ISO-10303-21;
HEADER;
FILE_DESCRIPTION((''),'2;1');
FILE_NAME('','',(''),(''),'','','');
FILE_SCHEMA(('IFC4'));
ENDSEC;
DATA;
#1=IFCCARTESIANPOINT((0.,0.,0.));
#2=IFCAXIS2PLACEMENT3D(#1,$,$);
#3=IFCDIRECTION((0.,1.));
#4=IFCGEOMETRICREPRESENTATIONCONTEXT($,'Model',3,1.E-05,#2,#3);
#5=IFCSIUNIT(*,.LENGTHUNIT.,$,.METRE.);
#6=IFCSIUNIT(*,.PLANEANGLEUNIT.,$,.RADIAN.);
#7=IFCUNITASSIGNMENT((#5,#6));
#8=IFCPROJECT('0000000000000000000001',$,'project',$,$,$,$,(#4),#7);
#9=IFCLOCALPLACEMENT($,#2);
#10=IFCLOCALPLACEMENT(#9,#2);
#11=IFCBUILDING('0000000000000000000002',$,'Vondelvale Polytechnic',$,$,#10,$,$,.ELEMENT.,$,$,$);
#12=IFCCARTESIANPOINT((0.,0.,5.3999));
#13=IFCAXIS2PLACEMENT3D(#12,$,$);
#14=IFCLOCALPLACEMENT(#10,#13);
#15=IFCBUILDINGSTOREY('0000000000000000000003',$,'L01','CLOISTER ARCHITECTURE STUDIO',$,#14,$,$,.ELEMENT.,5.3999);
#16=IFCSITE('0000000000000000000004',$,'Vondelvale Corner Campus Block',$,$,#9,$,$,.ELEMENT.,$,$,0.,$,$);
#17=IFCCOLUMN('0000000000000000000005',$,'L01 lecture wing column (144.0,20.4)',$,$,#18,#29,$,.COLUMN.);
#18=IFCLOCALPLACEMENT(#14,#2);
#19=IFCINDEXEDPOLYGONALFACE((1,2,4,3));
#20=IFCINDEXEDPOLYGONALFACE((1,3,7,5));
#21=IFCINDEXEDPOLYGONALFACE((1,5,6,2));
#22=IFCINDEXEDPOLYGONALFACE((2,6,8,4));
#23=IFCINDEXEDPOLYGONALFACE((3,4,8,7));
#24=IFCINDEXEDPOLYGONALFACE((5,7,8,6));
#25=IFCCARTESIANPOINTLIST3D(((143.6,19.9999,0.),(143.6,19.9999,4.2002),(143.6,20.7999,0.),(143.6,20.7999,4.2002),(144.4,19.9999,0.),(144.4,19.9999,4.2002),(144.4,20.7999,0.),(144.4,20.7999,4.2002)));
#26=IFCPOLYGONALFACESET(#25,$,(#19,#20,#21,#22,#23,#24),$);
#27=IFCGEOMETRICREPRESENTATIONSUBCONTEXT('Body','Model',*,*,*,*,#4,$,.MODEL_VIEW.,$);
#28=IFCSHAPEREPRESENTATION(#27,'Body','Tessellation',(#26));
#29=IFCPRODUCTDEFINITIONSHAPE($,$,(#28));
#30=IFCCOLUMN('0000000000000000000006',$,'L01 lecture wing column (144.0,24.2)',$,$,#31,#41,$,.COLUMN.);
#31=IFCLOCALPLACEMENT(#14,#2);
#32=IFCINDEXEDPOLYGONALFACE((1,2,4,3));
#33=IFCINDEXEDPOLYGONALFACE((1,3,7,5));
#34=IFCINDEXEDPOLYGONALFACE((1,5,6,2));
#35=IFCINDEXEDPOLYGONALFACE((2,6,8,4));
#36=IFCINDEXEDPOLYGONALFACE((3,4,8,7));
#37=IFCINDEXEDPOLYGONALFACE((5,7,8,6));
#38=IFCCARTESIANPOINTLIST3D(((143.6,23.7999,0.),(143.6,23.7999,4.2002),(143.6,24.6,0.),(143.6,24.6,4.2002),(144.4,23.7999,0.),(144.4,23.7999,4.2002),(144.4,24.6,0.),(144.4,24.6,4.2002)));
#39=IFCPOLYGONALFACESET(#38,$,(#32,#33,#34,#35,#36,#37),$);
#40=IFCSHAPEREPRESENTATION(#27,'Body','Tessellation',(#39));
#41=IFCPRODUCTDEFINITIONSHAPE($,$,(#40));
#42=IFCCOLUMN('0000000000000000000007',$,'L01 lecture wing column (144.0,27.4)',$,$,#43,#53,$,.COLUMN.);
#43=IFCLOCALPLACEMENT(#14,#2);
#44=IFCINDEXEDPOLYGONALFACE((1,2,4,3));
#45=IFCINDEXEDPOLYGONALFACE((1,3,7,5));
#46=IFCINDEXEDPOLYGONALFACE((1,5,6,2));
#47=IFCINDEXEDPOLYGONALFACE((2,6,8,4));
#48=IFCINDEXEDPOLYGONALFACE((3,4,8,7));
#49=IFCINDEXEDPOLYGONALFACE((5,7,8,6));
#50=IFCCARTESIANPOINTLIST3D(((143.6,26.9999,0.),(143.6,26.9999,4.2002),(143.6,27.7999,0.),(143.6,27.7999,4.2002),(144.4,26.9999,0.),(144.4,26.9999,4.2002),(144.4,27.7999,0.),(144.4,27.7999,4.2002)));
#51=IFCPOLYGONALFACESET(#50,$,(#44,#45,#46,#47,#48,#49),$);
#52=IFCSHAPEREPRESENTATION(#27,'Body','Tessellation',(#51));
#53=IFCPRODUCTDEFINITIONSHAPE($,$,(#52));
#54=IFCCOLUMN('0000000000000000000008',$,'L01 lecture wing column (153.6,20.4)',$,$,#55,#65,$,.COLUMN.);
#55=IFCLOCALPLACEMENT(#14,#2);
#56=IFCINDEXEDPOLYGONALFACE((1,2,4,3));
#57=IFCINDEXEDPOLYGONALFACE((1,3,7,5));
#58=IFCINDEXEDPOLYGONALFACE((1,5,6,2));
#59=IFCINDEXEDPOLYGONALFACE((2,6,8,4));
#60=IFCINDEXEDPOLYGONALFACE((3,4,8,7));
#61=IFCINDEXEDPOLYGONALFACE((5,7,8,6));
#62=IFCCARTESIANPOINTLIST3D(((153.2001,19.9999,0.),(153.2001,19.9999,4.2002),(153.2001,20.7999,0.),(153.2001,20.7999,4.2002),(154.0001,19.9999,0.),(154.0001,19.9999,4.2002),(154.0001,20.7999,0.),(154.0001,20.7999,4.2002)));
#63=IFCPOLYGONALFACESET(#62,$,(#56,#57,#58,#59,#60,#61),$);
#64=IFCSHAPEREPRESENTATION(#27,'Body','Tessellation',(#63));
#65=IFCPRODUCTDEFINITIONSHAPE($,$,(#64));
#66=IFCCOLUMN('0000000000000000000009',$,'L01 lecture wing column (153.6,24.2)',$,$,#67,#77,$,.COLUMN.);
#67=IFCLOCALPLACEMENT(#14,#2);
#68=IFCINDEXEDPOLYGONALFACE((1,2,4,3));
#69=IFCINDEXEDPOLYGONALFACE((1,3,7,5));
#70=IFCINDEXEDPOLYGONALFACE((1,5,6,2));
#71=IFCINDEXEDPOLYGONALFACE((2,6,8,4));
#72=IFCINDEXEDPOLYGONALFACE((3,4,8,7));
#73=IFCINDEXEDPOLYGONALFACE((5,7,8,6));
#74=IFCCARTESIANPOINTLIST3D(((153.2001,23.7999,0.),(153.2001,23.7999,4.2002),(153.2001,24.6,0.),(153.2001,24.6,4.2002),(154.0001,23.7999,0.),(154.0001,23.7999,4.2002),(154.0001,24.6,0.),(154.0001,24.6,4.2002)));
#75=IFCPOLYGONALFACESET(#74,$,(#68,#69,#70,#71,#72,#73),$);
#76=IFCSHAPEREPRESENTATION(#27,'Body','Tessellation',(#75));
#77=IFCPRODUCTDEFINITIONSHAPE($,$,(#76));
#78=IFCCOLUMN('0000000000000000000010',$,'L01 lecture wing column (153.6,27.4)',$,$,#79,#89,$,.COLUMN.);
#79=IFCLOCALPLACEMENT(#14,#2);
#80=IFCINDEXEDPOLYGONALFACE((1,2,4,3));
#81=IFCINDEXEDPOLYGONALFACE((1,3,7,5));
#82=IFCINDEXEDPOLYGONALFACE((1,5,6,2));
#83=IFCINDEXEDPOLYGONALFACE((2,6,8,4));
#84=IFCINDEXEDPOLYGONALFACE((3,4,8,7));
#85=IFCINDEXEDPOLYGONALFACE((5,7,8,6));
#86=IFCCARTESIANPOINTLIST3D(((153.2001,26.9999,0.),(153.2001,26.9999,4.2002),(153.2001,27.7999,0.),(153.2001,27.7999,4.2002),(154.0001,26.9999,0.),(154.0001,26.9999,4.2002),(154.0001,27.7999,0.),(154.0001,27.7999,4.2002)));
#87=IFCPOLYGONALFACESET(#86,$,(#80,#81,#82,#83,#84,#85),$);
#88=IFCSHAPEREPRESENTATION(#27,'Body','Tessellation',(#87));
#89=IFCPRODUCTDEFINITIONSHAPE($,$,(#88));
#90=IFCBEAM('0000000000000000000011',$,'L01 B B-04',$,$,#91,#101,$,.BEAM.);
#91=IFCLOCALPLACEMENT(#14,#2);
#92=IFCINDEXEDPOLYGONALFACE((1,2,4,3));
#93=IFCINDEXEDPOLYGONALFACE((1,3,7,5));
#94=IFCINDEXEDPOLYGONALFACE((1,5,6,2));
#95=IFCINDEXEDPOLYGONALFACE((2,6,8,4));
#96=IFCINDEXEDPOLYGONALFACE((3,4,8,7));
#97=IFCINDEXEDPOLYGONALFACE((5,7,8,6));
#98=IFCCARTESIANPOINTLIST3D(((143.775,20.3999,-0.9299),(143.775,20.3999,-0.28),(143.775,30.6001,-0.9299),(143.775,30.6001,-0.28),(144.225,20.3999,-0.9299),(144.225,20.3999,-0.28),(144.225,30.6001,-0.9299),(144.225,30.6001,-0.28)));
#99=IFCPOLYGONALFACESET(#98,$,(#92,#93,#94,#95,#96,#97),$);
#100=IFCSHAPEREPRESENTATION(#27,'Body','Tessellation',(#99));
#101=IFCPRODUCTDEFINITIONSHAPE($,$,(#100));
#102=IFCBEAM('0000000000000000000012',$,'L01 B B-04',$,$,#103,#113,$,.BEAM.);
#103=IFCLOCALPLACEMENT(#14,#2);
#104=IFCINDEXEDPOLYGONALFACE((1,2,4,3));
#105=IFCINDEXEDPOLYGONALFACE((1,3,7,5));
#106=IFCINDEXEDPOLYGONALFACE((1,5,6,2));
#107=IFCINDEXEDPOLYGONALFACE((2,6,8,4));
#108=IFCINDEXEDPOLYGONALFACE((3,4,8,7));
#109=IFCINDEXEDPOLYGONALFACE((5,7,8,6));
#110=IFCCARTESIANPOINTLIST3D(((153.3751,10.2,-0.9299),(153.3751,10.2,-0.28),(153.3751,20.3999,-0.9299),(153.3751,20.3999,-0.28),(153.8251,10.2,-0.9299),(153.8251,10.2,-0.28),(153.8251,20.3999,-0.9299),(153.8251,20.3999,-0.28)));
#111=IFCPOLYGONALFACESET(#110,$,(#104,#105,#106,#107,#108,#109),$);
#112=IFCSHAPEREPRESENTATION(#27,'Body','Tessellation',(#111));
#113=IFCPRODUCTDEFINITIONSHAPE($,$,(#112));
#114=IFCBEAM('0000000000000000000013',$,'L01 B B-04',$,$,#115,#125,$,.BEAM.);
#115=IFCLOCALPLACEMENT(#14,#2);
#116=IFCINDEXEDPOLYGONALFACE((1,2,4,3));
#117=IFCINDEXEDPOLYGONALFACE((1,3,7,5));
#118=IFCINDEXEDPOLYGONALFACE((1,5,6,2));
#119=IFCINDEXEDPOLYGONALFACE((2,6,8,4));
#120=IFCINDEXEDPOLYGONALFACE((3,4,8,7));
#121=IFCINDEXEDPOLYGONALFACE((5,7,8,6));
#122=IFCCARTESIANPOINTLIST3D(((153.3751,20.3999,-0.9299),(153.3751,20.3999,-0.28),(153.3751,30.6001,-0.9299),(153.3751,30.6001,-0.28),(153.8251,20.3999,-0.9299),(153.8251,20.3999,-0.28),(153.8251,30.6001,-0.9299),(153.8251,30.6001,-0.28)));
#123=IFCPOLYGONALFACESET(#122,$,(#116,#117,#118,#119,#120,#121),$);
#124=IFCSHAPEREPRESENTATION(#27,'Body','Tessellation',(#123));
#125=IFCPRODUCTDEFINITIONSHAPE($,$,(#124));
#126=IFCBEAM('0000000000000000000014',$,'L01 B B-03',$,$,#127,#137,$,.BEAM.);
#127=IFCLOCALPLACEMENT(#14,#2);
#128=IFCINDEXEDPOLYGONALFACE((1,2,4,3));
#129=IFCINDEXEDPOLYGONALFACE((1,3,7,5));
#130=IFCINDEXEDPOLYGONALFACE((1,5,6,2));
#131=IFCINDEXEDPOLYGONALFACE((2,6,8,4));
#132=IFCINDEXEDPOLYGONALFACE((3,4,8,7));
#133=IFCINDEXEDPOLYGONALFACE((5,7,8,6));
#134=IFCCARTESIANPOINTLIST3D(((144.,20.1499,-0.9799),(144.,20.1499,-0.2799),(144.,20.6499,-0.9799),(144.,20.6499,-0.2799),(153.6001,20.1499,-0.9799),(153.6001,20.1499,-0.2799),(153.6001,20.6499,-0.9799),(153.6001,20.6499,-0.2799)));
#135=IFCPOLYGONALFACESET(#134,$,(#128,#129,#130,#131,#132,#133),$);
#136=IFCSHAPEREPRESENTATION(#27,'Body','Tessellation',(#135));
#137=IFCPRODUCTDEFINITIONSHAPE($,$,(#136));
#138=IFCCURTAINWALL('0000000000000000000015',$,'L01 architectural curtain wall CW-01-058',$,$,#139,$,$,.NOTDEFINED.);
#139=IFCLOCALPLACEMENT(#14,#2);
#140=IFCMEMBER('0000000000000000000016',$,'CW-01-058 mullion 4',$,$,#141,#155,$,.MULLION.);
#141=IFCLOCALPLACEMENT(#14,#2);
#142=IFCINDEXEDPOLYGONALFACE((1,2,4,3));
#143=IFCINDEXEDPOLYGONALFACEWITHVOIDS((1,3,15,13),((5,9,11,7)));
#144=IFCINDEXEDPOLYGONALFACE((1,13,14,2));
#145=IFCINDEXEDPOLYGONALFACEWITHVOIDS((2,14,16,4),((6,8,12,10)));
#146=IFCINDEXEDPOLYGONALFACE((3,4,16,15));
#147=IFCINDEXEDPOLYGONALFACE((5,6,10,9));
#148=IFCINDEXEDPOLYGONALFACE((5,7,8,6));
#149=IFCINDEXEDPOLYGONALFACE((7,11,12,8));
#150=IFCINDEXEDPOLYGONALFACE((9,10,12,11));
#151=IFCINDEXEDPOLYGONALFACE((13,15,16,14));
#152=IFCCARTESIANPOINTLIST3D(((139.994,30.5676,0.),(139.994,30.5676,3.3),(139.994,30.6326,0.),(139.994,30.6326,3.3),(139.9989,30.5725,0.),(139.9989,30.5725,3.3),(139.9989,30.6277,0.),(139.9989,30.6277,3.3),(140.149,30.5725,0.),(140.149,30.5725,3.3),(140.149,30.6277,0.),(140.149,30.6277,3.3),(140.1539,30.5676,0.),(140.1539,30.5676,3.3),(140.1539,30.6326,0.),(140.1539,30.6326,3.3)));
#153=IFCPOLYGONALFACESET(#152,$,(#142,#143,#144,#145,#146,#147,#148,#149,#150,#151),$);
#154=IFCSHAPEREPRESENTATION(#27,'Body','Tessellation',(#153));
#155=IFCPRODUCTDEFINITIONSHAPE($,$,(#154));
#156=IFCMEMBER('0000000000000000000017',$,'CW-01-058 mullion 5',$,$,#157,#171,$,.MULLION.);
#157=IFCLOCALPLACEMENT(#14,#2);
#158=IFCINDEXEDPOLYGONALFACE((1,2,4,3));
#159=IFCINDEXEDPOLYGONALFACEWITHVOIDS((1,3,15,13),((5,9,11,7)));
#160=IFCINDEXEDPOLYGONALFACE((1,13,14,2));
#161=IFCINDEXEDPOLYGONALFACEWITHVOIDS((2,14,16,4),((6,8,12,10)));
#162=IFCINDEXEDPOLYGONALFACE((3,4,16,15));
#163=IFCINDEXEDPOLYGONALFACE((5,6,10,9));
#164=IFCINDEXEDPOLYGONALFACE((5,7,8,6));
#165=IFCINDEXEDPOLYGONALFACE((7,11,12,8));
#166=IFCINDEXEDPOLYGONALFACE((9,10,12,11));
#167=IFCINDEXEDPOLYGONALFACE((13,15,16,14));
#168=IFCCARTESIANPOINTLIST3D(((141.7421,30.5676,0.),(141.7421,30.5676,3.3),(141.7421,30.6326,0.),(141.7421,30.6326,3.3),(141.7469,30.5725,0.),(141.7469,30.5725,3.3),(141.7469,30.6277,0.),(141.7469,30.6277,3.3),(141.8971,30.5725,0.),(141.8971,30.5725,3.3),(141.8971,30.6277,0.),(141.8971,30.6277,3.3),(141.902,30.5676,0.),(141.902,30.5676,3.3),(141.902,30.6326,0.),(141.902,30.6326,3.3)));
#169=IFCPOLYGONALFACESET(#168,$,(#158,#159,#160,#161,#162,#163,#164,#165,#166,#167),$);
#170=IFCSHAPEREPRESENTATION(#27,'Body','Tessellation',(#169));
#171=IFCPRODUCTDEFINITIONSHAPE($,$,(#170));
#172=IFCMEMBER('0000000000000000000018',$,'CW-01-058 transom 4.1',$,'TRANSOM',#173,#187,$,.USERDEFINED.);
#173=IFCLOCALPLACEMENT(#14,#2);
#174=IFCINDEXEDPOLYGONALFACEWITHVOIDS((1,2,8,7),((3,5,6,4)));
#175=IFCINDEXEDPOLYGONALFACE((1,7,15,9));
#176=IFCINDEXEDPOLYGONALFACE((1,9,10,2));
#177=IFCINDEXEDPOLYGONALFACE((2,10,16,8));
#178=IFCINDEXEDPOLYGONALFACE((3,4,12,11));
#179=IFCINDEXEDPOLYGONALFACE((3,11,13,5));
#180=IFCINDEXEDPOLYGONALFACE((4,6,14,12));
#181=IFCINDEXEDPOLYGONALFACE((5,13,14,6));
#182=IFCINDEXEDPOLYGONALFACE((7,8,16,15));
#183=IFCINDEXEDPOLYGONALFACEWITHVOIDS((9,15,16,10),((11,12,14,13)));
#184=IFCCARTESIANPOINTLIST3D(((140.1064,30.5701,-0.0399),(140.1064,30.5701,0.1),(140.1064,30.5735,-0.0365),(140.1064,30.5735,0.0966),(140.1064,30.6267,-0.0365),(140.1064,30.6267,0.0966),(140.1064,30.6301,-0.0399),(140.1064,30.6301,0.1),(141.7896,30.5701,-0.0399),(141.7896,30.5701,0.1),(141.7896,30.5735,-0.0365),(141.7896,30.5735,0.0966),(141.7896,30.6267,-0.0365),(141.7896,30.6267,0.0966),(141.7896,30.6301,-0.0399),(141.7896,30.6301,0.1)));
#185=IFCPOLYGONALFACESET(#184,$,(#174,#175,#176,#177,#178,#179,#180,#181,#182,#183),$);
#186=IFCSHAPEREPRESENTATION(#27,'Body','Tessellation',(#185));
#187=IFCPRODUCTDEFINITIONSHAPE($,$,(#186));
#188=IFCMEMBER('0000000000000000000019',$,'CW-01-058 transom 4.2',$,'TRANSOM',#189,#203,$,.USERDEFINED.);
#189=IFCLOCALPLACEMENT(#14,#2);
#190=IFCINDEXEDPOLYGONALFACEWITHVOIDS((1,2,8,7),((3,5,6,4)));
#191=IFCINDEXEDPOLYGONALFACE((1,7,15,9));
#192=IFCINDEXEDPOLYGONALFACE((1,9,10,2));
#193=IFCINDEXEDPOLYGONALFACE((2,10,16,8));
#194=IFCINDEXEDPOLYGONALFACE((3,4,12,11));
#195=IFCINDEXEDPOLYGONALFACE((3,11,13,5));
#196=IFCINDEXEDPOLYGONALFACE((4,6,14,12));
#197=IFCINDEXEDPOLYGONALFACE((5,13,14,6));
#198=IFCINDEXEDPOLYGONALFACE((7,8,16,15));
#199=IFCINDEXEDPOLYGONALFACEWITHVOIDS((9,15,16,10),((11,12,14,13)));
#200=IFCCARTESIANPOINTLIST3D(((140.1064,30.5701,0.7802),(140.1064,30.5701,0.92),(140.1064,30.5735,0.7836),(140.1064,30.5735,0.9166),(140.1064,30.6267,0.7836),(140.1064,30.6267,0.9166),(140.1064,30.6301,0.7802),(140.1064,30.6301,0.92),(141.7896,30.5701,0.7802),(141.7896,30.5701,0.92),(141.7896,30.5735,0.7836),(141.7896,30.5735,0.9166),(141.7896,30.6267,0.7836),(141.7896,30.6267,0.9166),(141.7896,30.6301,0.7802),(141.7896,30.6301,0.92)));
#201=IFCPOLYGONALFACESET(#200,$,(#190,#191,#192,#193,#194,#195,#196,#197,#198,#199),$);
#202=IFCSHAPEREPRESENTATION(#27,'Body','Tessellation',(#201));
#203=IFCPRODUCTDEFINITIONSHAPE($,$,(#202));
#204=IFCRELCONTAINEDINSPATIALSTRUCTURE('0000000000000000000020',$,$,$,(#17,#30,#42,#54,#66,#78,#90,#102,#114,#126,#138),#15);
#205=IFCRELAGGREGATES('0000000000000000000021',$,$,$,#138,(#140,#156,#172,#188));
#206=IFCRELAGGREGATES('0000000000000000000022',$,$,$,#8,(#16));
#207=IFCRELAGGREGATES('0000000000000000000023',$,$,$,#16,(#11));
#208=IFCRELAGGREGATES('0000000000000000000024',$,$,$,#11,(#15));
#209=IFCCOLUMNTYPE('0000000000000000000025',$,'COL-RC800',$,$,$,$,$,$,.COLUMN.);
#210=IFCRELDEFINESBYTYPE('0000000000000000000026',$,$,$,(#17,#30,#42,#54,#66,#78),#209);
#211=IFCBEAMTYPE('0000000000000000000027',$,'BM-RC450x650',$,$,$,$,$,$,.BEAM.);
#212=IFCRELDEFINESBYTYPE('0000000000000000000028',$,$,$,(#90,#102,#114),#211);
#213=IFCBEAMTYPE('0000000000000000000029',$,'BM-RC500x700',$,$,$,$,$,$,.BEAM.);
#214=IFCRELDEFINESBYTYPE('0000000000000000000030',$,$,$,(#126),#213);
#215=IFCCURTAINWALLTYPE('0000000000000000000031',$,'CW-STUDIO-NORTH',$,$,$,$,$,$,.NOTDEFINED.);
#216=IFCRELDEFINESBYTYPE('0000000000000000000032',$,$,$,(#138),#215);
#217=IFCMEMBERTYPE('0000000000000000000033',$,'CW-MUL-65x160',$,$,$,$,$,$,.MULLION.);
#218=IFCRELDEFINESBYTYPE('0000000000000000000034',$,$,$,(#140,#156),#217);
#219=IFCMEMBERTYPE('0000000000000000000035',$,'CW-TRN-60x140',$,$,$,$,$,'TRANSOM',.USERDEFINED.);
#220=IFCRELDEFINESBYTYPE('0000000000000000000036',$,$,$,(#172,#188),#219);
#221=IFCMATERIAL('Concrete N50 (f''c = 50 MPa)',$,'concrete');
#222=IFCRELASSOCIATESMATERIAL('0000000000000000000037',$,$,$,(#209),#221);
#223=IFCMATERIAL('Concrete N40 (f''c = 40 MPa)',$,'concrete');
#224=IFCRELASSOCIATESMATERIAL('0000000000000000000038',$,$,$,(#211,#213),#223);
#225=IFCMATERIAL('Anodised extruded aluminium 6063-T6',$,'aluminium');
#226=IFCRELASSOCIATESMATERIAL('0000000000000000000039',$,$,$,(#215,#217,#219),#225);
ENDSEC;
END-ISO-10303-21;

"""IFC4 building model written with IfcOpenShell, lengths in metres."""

from ifc_helpers import new_model, si_unit, direction, frame, origin, origin_2d, place, context, subcontext, project, spatial, rectangle, hollow_rectangle, extrude, material, material_profile, profile_set, type_object, element, aggregate, save


model = new_model("IFC4")

# Units and contexts
model_context = context("Model", 3, precision=1e-05, world=origin(), true_north=direction((0.0, 1.0)))
body_context = subcontext(model_context, "Body", "Model", "MODEL_VIEW")
ifc_project = project(units=[si_unit("LENGTHUNIT", "METRE"), si_unit("PLANEANGLEUNIT", "RADIAN")], contexts=[model_context])

# Site, building, storey
site_placement = place(None, origin())
site = spatial("IfcSite", under=ifc_project, at=site_placement, Name="Vondelvale Corner Campus Block", CompositionType="ELEMENT", RefElevation=0.0)
building_placement = place(site_placement, origin())
building = spatial("IfcBuilding", under=site, at=building_placement, Name="Vondelvale Polytechnic", CompositionType="ELEMENT")
storey_placement = place(building_placement, frame((0.0, 0.0, 5.3999)))
storey = spatial("IfcBuildingStorey", under=building, at=storey_placement, Name="L01", Description="CLOISTER ARCHITECTURE STUDIO", CompositionType="ELEMENT", Elevation=5.3999)

# Columns
ifc_material_1 = material(Name="Concrete N50 (f'c = 50 MPa)", Category="concrete")
ifc_material_profile_1 = material_profile(ifc_material_1, rectangle(XDim=0.8, YDim=0.8, at=origin_2d()), Name="RC-COL-800x800")
ifc_profile_set_1 = profile_set([ifc_material_profile_1], Name="Concrete N50 (f'c = 50 MPa)")
column_type = type_object("IfcColumnType", Name="COL-RC800", PredefinedType="COLUMN", material=ifc_profile_set_1)
for number, where, z_axis, x_axis, name in (
    (1, (144.0, 20.3999, 0.0), (0.0, 0.0, 1.0), (1.0, 0.0, 0.0), "L01 lecture wing column (144.0,20.4)"),
    (2, (144.0, 24.2, 0.0), (0.0, 0.0, 1.0), (1.0, 0.0, 0.0), "L01 lecture wing column (144.0,24.2)"),
    (3, (144.0, 27.3999, 0.0), (0.0, 0.0, 1.0), (1.0, 0.0, 0.0), "L01 lecture wing column (144.0,27.4)"),
    (4, (153.6001, 20.3999, 0.0), (0.0, 0.0, 1.0), (1.0, 0.0, 0.0), "L01 lecture wing column (153.6,20.4)"),
    (5, (153.6001, 24.2, 0.0), (0.0, 0.0, 1.0), (1.0, 0.0, 0.0), "L01 lecture wing column (153.6,24.2)"),
    (6, (153.6001, 27.3999, 0.0), (0.0, 0.0, 1.0), (1.0, 0.0, 0.0), "L01 lecture wing column (153.6,27.4)"),
):
    element("IfcColumn", number, at=place(storey_placement, frame(where, z_axis=z_axis, x_axis=x_axis)), inside=storey, type_object=column_type, Name=name, PredefinedType="COLUMN", context=body_context, shape_type="SweptSolid", body=[
        extrude(rectangle(XDim=0.8, YDim=0.8, at=origin_2d()), origin(), (0.0, 0.0, 1.0), 4.2002),
    ])

# Beams
ifc_material_2 = material(Name="Concrete N40 (f'c = 40 MPa)", Category="concrete")
ifc_material_profile_2 = material_profile(ifc_material_2, rectangle(XDim=0.45, YDim=0.6499, at=origin_2d()), Name="RC-BM-450x650")
ifc_profile_set_2 = profile_set([ifc_material_profile_2], Name="Concrete N40 (f'c = 40 MPa)")
beam_type_1 = type_object("IfcBeamType", Name="BM-RC450x650", PredefinedType="BEAM", material=ifc_profile_set_2)
beam_1_placement = place(storey_placement, frame((144.0, 20.3999, -0.605), z_axis=(0.0, 1.0, 0.0), x_axis=(-1.0, 0.0, 0.0)))
element("IfcBeam", 7, at=beam_1_placement, inside=storey, type_object=beam_type_1, Name="L01 B B-04", PredefinedType="BEAM", context=body_context, shape_type="SweptSolid", body=[
    extrude(rectangle(XDim=0.45, YDim=0.6499, at=origin_2d()), origin(), (0.0, 0.0, 1.0), 10.2002),
])
beam_2_placement = place(storey_placement, frame((153.6001, 10.2, -0.605), z_axis=(0.0, 1.0, 0.0), x_axis=(-1.0, 0.0, 0.0)))
element("IfcBeam", 8, at=beam_2_placement, inside=storey, type_object=beam_type_1, Name="L01 B B-04", PredefinedType="BEAM", context=body_context, shape_type="SweptSolid", body=[
    extrude(rectangle(XDim=0.45, YDim=0.6499, at=origin_2d()), origin(), (0.0, 0.0, 1.0), 10.2),
])
beam_3_placement = place(storey_placement, frame((153.6001, 20.3999, -0.605), z_axis=(0.0, 1.0, 0.0), x_axis=(-1.0, 0.0, 0.0)))
element("IfcBeam", 9, at=beam_3_placement, inside=storey, type_object=beam_type_1, Name="L01 B B-04", PredefinedType="BEAM", context=body_context, shape_type="SweptSolid", body=[
    extrude(rectangle(XDim=0.45, YDim=0.6499, at=origin_2d()), origin(), (0.0, 0.0, 1.0), 10.2002),
])
ifc_material_profile_3 = material_profile(ifc_material_2, rectangle(XDim=0.5, YDim=0.7, at=origin_2d()), Name="RC-BM-500x700")
ifc_profile_set_3 = profile_set([ifc_material_profile_3], Name="Concrete N40 (f'c = 40 MPa)")
beam_type_2 = type_object("IfcBeamType", Name="BM-RC500x700", PredefinedType="BEAM", material=ifc_profile_set_3)
beam_4_placement = place(storey_placement, frame((144.0, 20.3999, -0.6299), z_axis=(1.0, 0.0, 0.0), x_axis=(0.0, 1.0, 0.0)))
element("IfcBeam", 10, at=beam_4_placement, inside=storey, type_object=beam_type_2, Name="L01 B B-03", PredefinedType="BEAM", context=body_context, shape_type="SweptSolid", body=[
    extrude(rectangle(XDim=0.5, YDim=0.7, at=origin_2d()), origin(), (0.0, 0.0, 1.0), 9.6001),
])

# Curtain wall, members
ifc_material_3 = material(Name="Anodised extruded aluminium 6063-T6", Category="aluminium")
curtain_wall_type = type_object("IfcCurtainWallType", Name="CW-STUDIO-NORTH", PredefinedType="NOTDEFINED", material=ifc_material_3)
curtain_wall_placement = place(storey_placement, origin())
curtain_wall = element("IfcCurtainWall", 11, at=curtain_wall_placement, inside=storey, type_object=curtain_wall_type, Name="L01 architectural curtain wall CW-01-058", PredefinedType="NOTDEFINED")
ifc_material_profile_4 = material_profile(ifc_material_3, hollow_rectangle(XDim=0.0649, YDim=0.1599, WallThickness=0.0049, at=origin_2d()), Name="CW-MUL-160x65")
ifc_profile_set_4 = profile_set([ifc_material_profile_4], Name="Anodised extruded aluminium 6063-T6")
member_type_1 = type_object("IfcMemberType", Name="CW-MUL-65x160", PredefinedType="MULLION", material=ifc_profile_set_4)
member_1_placement = place(storey_placement, frame((140.074, 30.6001, 0.0), z_axis=(0.0, 0.0, 1.0), x_axis=(0.0, 1.0, 0.0)))
member_1 = element("IfcMember", 12, at=member_1_placement, type_object=member_type_1, Name="CW-01-058 mullion 4", PredefinedType="MULLION", context=body_context, shape_type="SweptSolid", body=[
    extrude(hollow_rectangle(XDim=0.0649, YDim=0.1599, WallThickness=0.0049, at=origin_2d()), origin(), (0.0, 0.0, 1.0), 3.3),
])
member_2_placement = place(storey_placement, frame((141.822, 30.6001, 0.0), z_axis=(0.0, 0.0, 1.0), x_axis=(0.0, 1.0, 0.0)))
member_2 = element("IfcMember", 13, at=member_2_placement, type_object=member_type_1, Name="CW-01-058 mullion 5", PredefinedType="MULLION", context=body_context, shape_type="SweptSolid", body=[
    extrude(hollow_rectangle(XDim=0.0649, YDim=0.1599, WallThickness=0.0049, at=origin_2d()), origin(), (0.0, 0.0, 1.0), 3.3),
])
ifc_material_profile_5 = material_profile(ifc_material_3, hollow_rectangle(XDim=0.0601, YDim=0.1399, WallThickness=0.0034, at=origin_2d()), Name="CW-TRN-140x60")
ifc_profile_set_5 = profile_set([ifc_material_profile_5], Name="Anodised extruded aluminium 6063-T6")
member_type_2 = type_object("IfcMemberType", Name="CW-TRN-60x140", ElementType="TRANSOM", PredefinedType="USERDEFINED", material=ifc_profile_set_5)
member_3_placement = place(storey_placement, frame((140.1064, 30.6001, 0.03), z_axis=(1.0, 0.0, 0.0), x_axis=(0.0, 1.0, 0.0)))
member_3 = element("IfcMember", 14, at=member_3_placement, type_object=member_type_2, Name="CW-01-058 transom 4.1", ObjectType="TRANSOM", PredefinedType="USERDEFINED", context=body_context, shape_type="SweptSolid", body=[
    extrude(hollow_rectangle(XDim=0.0601, YDim=0.1399, WallThickness=0.0034, at=origin_2d()), origin(), (0.0, 0.0, 1.0), 1.6831),
])
member_4_placement = place(storey_placement, frame((140.1064, 30.6001, 0.8501), z_axis=(1.0, 0.0, 0.0), x_axis=(0.0, 1.0, 0.0)))
member_4 = element("IfcMember", 15, at=member_4_placement, type_object=member_type_2, Name="CW-01-058 transom 4.2", ObjectType="TRANSOM", PredefinedType="USERDEFINED", context=body_context, shape_type="SweptSolid", body=[
    extrude(hollow_rectangle(XDim=0.0601, YDim=0.1399, WallThickness=0.0034, at=origin_2d()), origin(), (0.0, 0.0, 1.0), 1.6831),
])
aggregate(curtain_wall, [member_1, member_2, member_3, member_4])

save(model, "model.ifc")
